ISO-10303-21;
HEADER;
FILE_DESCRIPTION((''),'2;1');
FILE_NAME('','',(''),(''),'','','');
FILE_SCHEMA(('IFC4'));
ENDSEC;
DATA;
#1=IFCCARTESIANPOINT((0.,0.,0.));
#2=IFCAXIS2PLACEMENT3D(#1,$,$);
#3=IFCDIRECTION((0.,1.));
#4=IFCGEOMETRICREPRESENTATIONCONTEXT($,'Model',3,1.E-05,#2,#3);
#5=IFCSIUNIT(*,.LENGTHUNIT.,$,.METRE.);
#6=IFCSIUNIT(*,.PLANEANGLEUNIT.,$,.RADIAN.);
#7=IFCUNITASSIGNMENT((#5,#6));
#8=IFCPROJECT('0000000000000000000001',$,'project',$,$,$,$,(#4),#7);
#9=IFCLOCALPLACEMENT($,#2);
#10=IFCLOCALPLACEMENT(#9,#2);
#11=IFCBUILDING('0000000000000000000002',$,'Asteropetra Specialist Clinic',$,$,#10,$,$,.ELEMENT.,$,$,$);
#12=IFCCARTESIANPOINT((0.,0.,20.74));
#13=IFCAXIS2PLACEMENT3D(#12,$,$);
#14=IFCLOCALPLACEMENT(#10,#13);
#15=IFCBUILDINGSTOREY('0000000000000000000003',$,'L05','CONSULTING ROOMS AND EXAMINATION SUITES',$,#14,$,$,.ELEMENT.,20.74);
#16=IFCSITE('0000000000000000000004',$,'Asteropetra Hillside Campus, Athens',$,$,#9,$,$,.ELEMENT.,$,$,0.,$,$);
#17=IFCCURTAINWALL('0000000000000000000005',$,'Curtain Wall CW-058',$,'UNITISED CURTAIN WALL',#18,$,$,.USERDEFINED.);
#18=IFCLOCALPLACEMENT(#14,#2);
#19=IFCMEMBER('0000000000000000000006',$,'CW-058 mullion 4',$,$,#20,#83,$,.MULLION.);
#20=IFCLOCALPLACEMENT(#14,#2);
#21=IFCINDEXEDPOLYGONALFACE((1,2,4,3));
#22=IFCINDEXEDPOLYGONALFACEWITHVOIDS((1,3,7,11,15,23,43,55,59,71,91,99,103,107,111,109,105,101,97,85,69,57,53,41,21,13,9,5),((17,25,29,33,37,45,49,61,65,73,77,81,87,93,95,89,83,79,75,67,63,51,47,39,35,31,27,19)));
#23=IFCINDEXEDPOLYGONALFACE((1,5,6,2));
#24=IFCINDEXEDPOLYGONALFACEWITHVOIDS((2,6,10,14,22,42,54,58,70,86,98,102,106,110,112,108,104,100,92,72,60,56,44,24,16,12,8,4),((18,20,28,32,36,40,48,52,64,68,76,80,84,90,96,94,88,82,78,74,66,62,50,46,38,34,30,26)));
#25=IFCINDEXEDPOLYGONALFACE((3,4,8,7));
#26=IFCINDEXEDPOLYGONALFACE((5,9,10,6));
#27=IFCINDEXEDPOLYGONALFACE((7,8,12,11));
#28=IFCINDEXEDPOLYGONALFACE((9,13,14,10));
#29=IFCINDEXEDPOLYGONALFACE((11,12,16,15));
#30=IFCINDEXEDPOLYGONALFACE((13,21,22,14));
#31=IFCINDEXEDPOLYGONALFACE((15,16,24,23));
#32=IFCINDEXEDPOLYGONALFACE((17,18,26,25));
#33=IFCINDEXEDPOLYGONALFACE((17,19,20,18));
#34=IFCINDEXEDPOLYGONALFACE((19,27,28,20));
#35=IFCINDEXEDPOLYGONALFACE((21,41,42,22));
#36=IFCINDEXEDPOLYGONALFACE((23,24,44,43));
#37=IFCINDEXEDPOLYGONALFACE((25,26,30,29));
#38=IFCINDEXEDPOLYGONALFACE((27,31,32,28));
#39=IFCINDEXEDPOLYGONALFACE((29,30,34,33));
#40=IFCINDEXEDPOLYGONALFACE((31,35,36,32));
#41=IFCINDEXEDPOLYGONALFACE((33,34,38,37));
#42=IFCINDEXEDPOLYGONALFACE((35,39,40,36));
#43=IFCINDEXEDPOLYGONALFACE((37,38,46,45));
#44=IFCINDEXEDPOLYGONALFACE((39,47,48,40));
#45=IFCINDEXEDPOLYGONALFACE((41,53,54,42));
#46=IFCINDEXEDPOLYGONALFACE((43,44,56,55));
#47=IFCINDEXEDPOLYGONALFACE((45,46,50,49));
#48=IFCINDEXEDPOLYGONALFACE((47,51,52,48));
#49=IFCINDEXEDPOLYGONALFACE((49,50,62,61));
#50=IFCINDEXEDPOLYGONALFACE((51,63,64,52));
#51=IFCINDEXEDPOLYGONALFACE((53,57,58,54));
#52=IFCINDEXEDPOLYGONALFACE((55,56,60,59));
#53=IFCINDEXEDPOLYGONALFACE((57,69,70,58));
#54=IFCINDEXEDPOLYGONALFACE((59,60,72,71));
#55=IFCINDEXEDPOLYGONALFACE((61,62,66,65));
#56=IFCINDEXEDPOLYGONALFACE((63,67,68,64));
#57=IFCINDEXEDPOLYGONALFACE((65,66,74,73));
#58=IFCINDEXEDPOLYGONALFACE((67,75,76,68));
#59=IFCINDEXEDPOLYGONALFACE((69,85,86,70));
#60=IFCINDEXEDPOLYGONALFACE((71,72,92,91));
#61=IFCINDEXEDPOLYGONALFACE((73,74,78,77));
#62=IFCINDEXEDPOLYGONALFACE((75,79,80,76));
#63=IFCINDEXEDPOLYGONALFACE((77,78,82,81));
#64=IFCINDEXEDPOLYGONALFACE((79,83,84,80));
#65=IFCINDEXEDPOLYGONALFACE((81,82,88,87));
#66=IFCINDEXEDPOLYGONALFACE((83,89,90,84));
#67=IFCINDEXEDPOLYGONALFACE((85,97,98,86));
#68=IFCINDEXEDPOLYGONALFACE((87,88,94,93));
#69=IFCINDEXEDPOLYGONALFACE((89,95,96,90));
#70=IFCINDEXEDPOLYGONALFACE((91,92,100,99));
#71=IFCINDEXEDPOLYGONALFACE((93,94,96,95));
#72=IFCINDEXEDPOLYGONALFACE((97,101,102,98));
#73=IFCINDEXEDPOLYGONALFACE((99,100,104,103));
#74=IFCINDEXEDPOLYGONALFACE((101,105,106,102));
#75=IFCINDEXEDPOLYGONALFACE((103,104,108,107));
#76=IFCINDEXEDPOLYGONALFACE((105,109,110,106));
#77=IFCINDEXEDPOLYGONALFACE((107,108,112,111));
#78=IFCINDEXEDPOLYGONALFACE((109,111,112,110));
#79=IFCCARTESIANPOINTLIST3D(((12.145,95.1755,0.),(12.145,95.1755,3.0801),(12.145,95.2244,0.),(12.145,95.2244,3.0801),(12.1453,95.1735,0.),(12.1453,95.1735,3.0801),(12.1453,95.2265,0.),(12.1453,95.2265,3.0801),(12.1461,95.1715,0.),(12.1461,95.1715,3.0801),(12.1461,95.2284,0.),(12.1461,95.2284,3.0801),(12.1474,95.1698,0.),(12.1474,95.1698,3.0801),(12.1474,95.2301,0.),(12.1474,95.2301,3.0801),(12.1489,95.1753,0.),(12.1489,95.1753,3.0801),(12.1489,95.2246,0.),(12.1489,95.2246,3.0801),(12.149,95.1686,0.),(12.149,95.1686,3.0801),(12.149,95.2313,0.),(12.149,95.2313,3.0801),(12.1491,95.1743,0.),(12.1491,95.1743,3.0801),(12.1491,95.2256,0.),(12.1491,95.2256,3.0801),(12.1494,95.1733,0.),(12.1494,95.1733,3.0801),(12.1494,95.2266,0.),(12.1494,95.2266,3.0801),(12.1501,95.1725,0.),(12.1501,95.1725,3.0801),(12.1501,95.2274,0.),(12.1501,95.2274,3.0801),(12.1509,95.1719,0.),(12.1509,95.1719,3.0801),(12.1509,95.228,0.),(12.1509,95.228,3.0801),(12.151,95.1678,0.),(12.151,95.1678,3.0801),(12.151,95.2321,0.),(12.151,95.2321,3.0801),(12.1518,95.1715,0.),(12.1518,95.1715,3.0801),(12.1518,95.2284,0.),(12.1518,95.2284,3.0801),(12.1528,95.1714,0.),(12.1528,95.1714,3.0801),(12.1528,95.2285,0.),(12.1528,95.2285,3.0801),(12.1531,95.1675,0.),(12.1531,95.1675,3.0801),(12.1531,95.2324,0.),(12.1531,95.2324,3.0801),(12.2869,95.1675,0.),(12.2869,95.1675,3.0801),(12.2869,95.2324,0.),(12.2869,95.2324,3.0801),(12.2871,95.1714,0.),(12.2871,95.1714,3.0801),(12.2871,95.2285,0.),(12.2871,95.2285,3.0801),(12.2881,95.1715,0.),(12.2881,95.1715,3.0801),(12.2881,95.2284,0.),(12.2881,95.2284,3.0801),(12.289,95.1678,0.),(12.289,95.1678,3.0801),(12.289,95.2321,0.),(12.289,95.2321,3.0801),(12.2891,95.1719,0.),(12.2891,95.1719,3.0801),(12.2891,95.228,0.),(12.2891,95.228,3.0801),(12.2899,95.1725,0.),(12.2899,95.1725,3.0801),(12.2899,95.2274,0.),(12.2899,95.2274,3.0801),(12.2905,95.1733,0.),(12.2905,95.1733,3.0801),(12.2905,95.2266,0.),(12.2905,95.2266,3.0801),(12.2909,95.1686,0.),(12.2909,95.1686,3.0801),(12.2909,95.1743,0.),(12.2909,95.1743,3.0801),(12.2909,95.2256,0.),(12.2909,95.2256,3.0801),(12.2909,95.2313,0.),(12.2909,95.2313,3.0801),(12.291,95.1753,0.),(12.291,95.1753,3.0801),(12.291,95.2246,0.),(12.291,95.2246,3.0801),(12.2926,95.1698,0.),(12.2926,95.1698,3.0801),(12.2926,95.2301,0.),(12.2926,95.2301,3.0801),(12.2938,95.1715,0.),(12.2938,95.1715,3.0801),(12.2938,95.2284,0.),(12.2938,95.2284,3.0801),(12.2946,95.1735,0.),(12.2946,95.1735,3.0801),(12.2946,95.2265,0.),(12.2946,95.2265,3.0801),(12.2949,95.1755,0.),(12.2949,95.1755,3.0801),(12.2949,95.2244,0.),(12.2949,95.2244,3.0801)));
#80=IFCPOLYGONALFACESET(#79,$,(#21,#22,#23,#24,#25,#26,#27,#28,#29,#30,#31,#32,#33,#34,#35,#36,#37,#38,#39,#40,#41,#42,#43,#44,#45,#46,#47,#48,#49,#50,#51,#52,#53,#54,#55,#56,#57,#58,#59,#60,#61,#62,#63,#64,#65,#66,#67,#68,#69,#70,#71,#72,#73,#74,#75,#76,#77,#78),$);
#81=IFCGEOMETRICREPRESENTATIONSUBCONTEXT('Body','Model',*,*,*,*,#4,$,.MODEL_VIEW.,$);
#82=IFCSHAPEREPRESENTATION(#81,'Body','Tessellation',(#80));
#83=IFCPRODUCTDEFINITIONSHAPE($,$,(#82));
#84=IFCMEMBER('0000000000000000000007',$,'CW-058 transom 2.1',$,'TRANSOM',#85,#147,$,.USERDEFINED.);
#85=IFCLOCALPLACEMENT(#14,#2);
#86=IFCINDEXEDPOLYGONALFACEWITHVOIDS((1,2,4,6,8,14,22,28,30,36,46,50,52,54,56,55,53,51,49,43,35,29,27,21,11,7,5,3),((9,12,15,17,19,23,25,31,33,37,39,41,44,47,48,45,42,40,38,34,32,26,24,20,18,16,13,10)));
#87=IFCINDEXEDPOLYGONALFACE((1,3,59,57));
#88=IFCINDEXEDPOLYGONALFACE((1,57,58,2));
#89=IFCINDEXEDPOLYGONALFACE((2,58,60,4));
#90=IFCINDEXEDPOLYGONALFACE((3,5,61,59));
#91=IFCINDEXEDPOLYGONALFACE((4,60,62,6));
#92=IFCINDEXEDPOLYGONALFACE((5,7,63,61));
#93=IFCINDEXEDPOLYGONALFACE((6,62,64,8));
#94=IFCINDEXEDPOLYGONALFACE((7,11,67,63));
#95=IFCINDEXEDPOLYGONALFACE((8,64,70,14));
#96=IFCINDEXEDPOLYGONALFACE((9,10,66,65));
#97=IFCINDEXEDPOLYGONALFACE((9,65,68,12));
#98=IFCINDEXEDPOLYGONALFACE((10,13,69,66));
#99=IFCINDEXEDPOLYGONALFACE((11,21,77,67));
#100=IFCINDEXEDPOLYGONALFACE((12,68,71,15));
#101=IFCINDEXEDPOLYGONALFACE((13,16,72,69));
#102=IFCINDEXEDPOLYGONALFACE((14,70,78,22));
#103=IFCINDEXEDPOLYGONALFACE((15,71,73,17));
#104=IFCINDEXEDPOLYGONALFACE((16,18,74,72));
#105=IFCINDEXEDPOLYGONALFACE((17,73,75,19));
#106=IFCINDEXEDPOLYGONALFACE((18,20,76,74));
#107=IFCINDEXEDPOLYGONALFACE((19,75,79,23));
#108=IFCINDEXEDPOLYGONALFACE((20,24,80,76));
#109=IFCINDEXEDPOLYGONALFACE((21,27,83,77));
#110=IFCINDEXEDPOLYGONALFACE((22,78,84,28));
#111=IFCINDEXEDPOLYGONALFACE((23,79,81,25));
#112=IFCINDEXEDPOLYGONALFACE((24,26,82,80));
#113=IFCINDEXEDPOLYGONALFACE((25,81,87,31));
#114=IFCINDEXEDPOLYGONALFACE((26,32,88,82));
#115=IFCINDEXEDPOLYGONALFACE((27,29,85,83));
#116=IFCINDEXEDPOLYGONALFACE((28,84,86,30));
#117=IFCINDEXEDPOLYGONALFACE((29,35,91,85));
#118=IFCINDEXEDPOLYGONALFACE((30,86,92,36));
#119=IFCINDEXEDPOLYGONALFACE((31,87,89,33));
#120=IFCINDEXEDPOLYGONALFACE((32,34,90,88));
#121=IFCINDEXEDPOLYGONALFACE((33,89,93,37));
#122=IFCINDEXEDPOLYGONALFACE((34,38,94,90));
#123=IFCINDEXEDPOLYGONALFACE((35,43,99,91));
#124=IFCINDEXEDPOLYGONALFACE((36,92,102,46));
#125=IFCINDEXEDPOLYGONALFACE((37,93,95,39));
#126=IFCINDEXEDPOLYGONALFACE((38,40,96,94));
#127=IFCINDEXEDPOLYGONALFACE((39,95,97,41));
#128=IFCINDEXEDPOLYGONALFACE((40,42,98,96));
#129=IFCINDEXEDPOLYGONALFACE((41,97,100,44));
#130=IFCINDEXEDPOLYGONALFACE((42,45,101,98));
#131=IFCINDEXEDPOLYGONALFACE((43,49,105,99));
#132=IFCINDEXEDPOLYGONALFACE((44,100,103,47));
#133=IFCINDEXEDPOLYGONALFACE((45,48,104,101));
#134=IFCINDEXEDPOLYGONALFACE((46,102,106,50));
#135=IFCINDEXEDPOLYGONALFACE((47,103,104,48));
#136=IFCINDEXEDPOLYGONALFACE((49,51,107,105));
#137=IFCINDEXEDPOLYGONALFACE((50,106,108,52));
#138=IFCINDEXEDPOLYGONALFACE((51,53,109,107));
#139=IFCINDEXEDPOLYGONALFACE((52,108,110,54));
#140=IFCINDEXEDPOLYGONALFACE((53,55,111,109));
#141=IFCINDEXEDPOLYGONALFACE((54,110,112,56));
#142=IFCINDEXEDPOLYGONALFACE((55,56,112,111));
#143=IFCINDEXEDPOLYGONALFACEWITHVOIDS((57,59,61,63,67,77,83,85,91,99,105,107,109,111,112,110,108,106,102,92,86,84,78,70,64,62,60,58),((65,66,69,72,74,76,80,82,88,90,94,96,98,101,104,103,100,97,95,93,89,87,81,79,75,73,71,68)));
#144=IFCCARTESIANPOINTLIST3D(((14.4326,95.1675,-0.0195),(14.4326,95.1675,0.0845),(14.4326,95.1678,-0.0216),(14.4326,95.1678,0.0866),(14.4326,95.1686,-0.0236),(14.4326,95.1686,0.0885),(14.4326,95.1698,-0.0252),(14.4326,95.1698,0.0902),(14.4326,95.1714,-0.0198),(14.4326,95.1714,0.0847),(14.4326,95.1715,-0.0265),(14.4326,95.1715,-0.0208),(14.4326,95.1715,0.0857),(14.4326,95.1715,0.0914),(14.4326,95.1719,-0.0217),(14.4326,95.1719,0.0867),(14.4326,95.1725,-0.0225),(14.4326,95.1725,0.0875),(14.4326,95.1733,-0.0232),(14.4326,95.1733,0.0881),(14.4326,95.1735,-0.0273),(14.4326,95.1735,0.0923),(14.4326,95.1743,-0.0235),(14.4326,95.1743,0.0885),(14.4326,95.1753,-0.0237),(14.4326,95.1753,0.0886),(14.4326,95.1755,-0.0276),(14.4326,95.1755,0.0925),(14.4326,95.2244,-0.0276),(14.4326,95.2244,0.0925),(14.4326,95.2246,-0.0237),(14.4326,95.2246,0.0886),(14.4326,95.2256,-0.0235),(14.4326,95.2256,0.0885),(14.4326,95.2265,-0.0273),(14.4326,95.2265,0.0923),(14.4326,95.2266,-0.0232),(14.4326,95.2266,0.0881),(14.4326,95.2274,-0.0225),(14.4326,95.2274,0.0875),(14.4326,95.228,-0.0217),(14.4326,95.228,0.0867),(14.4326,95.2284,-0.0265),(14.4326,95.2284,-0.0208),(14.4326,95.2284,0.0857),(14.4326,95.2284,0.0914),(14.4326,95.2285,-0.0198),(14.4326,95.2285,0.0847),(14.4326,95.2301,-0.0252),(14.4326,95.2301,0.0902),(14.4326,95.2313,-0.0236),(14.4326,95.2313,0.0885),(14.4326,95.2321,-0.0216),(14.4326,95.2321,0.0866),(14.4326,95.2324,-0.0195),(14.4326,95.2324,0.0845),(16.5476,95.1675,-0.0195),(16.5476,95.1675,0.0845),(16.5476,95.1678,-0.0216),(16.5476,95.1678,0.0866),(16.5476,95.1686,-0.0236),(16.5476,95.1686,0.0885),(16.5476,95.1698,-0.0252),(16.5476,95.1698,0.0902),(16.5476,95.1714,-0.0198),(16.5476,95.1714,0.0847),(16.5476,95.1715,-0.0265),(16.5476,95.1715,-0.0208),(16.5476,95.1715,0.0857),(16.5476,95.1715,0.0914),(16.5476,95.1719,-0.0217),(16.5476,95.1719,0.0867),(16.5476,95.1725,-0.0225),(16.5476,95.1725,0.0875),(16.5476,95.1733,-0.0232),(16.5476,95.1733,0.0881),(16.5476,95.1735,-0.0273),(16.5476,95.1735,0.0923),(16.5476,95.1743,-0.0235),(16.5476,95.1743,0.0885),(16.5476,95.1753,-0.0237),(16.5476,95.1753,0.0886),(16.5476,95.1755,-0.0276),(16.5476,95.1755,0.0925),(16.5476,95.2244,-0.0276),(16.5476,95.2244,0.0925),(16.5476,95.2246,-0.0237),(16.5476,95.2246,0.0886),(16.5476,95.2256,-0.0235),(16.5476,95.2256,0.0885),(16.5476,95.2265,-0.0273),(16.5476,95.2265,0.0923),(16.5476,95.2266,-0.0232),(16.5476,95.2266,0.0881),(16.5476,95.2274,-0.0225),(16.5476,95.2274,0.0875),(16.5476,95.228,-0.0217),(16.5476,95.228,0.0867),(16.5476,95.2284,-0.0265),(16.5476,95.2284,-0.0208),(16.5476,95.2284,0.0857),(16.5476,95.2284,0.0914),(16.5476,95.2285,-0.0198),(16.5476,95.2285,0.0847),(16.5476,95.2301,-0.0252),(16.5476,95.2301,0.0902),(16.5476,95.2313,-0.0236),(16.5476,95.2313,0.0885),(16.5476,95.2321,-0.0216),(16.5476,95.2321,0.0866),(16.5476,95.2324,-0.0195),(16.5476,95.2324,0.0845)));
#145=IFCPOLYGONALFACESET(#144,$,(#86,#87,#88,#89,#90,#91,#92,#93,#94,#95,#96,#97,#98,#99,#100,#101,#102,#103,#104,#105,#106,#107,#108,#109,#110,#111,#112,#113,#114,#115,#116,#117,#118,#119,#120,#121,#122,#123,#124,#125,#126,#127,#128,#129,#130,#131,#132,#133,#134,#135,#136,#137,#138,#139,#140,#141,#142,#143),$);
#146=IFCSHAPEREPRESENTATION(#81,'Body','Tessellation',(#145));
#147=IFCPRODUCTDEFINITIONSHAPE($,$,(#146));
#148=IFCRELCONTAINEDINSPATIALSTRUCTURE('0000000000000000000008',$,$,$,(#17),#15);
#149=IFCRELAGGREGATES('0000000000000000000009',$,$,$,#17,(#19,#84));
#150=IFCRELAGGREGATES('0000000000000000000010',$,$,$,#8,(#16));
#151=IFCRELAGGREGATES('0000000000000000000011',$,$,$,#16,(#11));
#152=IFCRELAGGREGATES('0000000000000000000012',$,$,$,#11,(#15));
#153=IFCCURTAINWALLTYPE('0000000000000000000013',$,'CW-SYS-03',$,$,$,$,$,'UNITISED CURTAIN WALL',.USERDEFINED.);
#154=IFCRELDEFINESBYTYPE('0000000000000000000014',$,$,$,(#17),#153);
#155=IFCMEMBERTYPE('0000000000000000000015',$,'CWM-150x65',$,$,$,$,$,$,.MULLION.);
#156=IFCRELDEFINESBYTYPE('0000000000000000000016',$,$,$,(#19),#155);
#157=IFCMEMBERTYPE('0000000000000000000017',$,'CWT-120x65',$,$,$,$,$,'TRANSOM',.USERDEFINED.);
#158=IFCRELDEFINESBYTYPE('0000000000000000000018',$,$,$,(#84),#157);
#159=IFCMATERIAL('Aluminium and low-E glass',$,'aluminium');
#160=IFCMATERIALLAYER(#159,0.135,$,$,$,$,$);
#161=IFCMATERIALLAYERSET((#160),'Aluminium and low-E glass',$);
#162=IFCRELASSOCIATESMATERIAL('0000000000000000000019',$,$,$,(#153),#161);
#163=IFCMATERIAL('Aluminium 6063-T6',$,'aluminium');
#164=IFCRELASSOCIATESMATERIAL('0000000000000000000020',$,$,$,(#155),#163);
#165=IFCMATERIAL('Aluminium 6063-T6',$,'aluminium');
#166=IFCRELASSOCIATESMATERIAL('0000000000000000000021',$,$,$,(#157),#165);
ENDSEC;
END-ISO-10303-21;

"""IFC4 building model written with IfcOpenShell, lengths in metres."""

from ifc_helpers import new_model, si_unit, direction, frame, origin, origin_2d, place, context, subcontext, project, spatial, hollow_rectangle, extrude, material, layer, layer_set, material_profile, profile_set, type_object, element, aggregate, save


model = new_model("IFC4")

# Units and contexts
model_context = context("Model", 3, precision=1e-05, world=origin(), true_north=direction((0.0, 1.0)))
body_context = subcontext(model_context, "Body", "Model", "MODEL_VIEW")
ifc_project = project(units=[si_unit("LENGTHUNIT", "METRE"), si_unit("PLANEANGLEUNIT", "RADIAN")], contexts=[model_context])

# Site, building, storey
site_placement = place(None, origin())
site = spatial("IfcSite", under=ifc_project, at=site_placement, Name="Asteropetra Hillside Campus, Athens", CompositionType="ELEMENT", RefElevation=0.0)
building_placement = place(site_placement, origin())
building = spatial("IfcBuilding", under=site, at=building_placement, Name="Asteropetra Specialist Clinic", CompositionType="ELEMENT")
storey_placement = place(building_placement, frame((0.0, 0.0, 20.74)))
storey = spatial("IfcBuildingStorey", under=building, at=storey_placement, Name="L05", Description="CONSULTING ROOMS AND EXAMINATION SUITES", CompositionType="ELEMENT", Elevation=20.74)

# Curtain wall, members
ifc_material_1 = material(Name="Aluminium and low-E glass", Category="aluminium")
ifc_layer_1 = layer(ifc_material_1, 0.135)
ifc_layer_set_1 = layer_set([ifc_layer_1], Name="Aluminium and low-E glass")
curtain_wall_type = type_object("IfcCurtainWallType", Name="CW-SYS-03", ElementType="UNITISED CURTAIN WALL", PredefinedType="USERDEFINED", material=ifc_layer_set_1)
curtain_wall_placement = place(storey_placement, origin())
curtain_wall = element("IfcCurtainWall", 1, at=curtain_wall_placement, inside=storey, type_object=curtain_wall_type, Name="Curtain Wall CW-058", ObjectType="UNITISED CURTAIN WALL", PredefinedType="USERDEFINED")
ifc_material_2 = material(Name="Aluminium 6063-T6", Category="aluminium")
ifc_material_profile_1 = material_profile(ifc_material_2, hollow_rectangle(XDim=0.0649, YDim=0.1499, WallThickness=0.0039, InnerFilletRadius=0.0039, OuterFilletRadius=0.0081, at=origin_2d()), Name="MUL 150x65x4.0")
ifc_profile_set_1 = profile_set([ifc_material_profile_1], Name="Aluminium 6063-T6")
member_type_1 = type_object("IfcMemberType", Name="CWM-150x65", PredefinedType="MULLION", material=ifc_profile_set_1)
member_1_placement = place(storey_placement, frame((12.22, 95.2, 0.0), z_axis=(0.0, 0.0, 1.0), x_axis=(0.0, -1.0, 0.0)))
member_1 = element("IfcMember", 2, at=member_1_placement, type_object=member_type_1, Name="CW-058 mullion 4", PredefinedType="MULLION", context=body_context, shape_type="SweptSolid", body=[
    extrude(hollow_rectangle(XDim=0.0649, YDim=0.1499, WallThickness=0.0039, InnerFilletRadius=0.0039, OuterFilletRadius=0.0081, at=origin_2d()), origin(), (0.0, 0.0, 1.0), 3.0801),
])
ifc_material_3 = material(Name="Aluminium 6063-T6", Category="aluminium")
ifc_material_profile_2 = material_profile(ifc_material_3, hollow_rectangle(XDim=0.0649, YDim=0.1201, WallThickness=0.0039, InnerFilletRadius=0.0039, OuterFilletRadius=0.0081, at=origin_2d()), Name="TRN 120x65x4.0")
ifc_profile_set_2 = profile_set([ifc_material_profile_2], Name="Aluminium 6063-T6")
member_type_2 = type_object("IfcMemberType", Name="CWT-120x65", ElementType="TRANSOM", PredefinedType="USERDEFINED", material=ifc_profile_set_2)
member_2_placement = place(storey_placement, frame((16.5476, 95.2, 0.0325), z_axis=(-1.0, 0.0, 0.0), x_axis=(0.0, -1.0, 0.0)))
member_2 = element("IfcMember", 3, at=member_2_placement, type_object=member_type_2, Name="CW-058 transom 2.1", ObjectType="TRANSOM", PredefinedType="USERDEFINED", context=body_context, shape_type="SweptSolid", body=[
    extrude(hollow_rectangle(XDim=0.0649, YDim=0.1201, WallThickness=0.0039, InnerFilletRadius=0.0039, OuterFilletRadius=0.0081, at=origin_2d()), origin(), (0.0, 0.0, 1.0), 2.115),
])
aggregate(curtain_wall, [member_1, member_2])

save(model, "model.ifc")
